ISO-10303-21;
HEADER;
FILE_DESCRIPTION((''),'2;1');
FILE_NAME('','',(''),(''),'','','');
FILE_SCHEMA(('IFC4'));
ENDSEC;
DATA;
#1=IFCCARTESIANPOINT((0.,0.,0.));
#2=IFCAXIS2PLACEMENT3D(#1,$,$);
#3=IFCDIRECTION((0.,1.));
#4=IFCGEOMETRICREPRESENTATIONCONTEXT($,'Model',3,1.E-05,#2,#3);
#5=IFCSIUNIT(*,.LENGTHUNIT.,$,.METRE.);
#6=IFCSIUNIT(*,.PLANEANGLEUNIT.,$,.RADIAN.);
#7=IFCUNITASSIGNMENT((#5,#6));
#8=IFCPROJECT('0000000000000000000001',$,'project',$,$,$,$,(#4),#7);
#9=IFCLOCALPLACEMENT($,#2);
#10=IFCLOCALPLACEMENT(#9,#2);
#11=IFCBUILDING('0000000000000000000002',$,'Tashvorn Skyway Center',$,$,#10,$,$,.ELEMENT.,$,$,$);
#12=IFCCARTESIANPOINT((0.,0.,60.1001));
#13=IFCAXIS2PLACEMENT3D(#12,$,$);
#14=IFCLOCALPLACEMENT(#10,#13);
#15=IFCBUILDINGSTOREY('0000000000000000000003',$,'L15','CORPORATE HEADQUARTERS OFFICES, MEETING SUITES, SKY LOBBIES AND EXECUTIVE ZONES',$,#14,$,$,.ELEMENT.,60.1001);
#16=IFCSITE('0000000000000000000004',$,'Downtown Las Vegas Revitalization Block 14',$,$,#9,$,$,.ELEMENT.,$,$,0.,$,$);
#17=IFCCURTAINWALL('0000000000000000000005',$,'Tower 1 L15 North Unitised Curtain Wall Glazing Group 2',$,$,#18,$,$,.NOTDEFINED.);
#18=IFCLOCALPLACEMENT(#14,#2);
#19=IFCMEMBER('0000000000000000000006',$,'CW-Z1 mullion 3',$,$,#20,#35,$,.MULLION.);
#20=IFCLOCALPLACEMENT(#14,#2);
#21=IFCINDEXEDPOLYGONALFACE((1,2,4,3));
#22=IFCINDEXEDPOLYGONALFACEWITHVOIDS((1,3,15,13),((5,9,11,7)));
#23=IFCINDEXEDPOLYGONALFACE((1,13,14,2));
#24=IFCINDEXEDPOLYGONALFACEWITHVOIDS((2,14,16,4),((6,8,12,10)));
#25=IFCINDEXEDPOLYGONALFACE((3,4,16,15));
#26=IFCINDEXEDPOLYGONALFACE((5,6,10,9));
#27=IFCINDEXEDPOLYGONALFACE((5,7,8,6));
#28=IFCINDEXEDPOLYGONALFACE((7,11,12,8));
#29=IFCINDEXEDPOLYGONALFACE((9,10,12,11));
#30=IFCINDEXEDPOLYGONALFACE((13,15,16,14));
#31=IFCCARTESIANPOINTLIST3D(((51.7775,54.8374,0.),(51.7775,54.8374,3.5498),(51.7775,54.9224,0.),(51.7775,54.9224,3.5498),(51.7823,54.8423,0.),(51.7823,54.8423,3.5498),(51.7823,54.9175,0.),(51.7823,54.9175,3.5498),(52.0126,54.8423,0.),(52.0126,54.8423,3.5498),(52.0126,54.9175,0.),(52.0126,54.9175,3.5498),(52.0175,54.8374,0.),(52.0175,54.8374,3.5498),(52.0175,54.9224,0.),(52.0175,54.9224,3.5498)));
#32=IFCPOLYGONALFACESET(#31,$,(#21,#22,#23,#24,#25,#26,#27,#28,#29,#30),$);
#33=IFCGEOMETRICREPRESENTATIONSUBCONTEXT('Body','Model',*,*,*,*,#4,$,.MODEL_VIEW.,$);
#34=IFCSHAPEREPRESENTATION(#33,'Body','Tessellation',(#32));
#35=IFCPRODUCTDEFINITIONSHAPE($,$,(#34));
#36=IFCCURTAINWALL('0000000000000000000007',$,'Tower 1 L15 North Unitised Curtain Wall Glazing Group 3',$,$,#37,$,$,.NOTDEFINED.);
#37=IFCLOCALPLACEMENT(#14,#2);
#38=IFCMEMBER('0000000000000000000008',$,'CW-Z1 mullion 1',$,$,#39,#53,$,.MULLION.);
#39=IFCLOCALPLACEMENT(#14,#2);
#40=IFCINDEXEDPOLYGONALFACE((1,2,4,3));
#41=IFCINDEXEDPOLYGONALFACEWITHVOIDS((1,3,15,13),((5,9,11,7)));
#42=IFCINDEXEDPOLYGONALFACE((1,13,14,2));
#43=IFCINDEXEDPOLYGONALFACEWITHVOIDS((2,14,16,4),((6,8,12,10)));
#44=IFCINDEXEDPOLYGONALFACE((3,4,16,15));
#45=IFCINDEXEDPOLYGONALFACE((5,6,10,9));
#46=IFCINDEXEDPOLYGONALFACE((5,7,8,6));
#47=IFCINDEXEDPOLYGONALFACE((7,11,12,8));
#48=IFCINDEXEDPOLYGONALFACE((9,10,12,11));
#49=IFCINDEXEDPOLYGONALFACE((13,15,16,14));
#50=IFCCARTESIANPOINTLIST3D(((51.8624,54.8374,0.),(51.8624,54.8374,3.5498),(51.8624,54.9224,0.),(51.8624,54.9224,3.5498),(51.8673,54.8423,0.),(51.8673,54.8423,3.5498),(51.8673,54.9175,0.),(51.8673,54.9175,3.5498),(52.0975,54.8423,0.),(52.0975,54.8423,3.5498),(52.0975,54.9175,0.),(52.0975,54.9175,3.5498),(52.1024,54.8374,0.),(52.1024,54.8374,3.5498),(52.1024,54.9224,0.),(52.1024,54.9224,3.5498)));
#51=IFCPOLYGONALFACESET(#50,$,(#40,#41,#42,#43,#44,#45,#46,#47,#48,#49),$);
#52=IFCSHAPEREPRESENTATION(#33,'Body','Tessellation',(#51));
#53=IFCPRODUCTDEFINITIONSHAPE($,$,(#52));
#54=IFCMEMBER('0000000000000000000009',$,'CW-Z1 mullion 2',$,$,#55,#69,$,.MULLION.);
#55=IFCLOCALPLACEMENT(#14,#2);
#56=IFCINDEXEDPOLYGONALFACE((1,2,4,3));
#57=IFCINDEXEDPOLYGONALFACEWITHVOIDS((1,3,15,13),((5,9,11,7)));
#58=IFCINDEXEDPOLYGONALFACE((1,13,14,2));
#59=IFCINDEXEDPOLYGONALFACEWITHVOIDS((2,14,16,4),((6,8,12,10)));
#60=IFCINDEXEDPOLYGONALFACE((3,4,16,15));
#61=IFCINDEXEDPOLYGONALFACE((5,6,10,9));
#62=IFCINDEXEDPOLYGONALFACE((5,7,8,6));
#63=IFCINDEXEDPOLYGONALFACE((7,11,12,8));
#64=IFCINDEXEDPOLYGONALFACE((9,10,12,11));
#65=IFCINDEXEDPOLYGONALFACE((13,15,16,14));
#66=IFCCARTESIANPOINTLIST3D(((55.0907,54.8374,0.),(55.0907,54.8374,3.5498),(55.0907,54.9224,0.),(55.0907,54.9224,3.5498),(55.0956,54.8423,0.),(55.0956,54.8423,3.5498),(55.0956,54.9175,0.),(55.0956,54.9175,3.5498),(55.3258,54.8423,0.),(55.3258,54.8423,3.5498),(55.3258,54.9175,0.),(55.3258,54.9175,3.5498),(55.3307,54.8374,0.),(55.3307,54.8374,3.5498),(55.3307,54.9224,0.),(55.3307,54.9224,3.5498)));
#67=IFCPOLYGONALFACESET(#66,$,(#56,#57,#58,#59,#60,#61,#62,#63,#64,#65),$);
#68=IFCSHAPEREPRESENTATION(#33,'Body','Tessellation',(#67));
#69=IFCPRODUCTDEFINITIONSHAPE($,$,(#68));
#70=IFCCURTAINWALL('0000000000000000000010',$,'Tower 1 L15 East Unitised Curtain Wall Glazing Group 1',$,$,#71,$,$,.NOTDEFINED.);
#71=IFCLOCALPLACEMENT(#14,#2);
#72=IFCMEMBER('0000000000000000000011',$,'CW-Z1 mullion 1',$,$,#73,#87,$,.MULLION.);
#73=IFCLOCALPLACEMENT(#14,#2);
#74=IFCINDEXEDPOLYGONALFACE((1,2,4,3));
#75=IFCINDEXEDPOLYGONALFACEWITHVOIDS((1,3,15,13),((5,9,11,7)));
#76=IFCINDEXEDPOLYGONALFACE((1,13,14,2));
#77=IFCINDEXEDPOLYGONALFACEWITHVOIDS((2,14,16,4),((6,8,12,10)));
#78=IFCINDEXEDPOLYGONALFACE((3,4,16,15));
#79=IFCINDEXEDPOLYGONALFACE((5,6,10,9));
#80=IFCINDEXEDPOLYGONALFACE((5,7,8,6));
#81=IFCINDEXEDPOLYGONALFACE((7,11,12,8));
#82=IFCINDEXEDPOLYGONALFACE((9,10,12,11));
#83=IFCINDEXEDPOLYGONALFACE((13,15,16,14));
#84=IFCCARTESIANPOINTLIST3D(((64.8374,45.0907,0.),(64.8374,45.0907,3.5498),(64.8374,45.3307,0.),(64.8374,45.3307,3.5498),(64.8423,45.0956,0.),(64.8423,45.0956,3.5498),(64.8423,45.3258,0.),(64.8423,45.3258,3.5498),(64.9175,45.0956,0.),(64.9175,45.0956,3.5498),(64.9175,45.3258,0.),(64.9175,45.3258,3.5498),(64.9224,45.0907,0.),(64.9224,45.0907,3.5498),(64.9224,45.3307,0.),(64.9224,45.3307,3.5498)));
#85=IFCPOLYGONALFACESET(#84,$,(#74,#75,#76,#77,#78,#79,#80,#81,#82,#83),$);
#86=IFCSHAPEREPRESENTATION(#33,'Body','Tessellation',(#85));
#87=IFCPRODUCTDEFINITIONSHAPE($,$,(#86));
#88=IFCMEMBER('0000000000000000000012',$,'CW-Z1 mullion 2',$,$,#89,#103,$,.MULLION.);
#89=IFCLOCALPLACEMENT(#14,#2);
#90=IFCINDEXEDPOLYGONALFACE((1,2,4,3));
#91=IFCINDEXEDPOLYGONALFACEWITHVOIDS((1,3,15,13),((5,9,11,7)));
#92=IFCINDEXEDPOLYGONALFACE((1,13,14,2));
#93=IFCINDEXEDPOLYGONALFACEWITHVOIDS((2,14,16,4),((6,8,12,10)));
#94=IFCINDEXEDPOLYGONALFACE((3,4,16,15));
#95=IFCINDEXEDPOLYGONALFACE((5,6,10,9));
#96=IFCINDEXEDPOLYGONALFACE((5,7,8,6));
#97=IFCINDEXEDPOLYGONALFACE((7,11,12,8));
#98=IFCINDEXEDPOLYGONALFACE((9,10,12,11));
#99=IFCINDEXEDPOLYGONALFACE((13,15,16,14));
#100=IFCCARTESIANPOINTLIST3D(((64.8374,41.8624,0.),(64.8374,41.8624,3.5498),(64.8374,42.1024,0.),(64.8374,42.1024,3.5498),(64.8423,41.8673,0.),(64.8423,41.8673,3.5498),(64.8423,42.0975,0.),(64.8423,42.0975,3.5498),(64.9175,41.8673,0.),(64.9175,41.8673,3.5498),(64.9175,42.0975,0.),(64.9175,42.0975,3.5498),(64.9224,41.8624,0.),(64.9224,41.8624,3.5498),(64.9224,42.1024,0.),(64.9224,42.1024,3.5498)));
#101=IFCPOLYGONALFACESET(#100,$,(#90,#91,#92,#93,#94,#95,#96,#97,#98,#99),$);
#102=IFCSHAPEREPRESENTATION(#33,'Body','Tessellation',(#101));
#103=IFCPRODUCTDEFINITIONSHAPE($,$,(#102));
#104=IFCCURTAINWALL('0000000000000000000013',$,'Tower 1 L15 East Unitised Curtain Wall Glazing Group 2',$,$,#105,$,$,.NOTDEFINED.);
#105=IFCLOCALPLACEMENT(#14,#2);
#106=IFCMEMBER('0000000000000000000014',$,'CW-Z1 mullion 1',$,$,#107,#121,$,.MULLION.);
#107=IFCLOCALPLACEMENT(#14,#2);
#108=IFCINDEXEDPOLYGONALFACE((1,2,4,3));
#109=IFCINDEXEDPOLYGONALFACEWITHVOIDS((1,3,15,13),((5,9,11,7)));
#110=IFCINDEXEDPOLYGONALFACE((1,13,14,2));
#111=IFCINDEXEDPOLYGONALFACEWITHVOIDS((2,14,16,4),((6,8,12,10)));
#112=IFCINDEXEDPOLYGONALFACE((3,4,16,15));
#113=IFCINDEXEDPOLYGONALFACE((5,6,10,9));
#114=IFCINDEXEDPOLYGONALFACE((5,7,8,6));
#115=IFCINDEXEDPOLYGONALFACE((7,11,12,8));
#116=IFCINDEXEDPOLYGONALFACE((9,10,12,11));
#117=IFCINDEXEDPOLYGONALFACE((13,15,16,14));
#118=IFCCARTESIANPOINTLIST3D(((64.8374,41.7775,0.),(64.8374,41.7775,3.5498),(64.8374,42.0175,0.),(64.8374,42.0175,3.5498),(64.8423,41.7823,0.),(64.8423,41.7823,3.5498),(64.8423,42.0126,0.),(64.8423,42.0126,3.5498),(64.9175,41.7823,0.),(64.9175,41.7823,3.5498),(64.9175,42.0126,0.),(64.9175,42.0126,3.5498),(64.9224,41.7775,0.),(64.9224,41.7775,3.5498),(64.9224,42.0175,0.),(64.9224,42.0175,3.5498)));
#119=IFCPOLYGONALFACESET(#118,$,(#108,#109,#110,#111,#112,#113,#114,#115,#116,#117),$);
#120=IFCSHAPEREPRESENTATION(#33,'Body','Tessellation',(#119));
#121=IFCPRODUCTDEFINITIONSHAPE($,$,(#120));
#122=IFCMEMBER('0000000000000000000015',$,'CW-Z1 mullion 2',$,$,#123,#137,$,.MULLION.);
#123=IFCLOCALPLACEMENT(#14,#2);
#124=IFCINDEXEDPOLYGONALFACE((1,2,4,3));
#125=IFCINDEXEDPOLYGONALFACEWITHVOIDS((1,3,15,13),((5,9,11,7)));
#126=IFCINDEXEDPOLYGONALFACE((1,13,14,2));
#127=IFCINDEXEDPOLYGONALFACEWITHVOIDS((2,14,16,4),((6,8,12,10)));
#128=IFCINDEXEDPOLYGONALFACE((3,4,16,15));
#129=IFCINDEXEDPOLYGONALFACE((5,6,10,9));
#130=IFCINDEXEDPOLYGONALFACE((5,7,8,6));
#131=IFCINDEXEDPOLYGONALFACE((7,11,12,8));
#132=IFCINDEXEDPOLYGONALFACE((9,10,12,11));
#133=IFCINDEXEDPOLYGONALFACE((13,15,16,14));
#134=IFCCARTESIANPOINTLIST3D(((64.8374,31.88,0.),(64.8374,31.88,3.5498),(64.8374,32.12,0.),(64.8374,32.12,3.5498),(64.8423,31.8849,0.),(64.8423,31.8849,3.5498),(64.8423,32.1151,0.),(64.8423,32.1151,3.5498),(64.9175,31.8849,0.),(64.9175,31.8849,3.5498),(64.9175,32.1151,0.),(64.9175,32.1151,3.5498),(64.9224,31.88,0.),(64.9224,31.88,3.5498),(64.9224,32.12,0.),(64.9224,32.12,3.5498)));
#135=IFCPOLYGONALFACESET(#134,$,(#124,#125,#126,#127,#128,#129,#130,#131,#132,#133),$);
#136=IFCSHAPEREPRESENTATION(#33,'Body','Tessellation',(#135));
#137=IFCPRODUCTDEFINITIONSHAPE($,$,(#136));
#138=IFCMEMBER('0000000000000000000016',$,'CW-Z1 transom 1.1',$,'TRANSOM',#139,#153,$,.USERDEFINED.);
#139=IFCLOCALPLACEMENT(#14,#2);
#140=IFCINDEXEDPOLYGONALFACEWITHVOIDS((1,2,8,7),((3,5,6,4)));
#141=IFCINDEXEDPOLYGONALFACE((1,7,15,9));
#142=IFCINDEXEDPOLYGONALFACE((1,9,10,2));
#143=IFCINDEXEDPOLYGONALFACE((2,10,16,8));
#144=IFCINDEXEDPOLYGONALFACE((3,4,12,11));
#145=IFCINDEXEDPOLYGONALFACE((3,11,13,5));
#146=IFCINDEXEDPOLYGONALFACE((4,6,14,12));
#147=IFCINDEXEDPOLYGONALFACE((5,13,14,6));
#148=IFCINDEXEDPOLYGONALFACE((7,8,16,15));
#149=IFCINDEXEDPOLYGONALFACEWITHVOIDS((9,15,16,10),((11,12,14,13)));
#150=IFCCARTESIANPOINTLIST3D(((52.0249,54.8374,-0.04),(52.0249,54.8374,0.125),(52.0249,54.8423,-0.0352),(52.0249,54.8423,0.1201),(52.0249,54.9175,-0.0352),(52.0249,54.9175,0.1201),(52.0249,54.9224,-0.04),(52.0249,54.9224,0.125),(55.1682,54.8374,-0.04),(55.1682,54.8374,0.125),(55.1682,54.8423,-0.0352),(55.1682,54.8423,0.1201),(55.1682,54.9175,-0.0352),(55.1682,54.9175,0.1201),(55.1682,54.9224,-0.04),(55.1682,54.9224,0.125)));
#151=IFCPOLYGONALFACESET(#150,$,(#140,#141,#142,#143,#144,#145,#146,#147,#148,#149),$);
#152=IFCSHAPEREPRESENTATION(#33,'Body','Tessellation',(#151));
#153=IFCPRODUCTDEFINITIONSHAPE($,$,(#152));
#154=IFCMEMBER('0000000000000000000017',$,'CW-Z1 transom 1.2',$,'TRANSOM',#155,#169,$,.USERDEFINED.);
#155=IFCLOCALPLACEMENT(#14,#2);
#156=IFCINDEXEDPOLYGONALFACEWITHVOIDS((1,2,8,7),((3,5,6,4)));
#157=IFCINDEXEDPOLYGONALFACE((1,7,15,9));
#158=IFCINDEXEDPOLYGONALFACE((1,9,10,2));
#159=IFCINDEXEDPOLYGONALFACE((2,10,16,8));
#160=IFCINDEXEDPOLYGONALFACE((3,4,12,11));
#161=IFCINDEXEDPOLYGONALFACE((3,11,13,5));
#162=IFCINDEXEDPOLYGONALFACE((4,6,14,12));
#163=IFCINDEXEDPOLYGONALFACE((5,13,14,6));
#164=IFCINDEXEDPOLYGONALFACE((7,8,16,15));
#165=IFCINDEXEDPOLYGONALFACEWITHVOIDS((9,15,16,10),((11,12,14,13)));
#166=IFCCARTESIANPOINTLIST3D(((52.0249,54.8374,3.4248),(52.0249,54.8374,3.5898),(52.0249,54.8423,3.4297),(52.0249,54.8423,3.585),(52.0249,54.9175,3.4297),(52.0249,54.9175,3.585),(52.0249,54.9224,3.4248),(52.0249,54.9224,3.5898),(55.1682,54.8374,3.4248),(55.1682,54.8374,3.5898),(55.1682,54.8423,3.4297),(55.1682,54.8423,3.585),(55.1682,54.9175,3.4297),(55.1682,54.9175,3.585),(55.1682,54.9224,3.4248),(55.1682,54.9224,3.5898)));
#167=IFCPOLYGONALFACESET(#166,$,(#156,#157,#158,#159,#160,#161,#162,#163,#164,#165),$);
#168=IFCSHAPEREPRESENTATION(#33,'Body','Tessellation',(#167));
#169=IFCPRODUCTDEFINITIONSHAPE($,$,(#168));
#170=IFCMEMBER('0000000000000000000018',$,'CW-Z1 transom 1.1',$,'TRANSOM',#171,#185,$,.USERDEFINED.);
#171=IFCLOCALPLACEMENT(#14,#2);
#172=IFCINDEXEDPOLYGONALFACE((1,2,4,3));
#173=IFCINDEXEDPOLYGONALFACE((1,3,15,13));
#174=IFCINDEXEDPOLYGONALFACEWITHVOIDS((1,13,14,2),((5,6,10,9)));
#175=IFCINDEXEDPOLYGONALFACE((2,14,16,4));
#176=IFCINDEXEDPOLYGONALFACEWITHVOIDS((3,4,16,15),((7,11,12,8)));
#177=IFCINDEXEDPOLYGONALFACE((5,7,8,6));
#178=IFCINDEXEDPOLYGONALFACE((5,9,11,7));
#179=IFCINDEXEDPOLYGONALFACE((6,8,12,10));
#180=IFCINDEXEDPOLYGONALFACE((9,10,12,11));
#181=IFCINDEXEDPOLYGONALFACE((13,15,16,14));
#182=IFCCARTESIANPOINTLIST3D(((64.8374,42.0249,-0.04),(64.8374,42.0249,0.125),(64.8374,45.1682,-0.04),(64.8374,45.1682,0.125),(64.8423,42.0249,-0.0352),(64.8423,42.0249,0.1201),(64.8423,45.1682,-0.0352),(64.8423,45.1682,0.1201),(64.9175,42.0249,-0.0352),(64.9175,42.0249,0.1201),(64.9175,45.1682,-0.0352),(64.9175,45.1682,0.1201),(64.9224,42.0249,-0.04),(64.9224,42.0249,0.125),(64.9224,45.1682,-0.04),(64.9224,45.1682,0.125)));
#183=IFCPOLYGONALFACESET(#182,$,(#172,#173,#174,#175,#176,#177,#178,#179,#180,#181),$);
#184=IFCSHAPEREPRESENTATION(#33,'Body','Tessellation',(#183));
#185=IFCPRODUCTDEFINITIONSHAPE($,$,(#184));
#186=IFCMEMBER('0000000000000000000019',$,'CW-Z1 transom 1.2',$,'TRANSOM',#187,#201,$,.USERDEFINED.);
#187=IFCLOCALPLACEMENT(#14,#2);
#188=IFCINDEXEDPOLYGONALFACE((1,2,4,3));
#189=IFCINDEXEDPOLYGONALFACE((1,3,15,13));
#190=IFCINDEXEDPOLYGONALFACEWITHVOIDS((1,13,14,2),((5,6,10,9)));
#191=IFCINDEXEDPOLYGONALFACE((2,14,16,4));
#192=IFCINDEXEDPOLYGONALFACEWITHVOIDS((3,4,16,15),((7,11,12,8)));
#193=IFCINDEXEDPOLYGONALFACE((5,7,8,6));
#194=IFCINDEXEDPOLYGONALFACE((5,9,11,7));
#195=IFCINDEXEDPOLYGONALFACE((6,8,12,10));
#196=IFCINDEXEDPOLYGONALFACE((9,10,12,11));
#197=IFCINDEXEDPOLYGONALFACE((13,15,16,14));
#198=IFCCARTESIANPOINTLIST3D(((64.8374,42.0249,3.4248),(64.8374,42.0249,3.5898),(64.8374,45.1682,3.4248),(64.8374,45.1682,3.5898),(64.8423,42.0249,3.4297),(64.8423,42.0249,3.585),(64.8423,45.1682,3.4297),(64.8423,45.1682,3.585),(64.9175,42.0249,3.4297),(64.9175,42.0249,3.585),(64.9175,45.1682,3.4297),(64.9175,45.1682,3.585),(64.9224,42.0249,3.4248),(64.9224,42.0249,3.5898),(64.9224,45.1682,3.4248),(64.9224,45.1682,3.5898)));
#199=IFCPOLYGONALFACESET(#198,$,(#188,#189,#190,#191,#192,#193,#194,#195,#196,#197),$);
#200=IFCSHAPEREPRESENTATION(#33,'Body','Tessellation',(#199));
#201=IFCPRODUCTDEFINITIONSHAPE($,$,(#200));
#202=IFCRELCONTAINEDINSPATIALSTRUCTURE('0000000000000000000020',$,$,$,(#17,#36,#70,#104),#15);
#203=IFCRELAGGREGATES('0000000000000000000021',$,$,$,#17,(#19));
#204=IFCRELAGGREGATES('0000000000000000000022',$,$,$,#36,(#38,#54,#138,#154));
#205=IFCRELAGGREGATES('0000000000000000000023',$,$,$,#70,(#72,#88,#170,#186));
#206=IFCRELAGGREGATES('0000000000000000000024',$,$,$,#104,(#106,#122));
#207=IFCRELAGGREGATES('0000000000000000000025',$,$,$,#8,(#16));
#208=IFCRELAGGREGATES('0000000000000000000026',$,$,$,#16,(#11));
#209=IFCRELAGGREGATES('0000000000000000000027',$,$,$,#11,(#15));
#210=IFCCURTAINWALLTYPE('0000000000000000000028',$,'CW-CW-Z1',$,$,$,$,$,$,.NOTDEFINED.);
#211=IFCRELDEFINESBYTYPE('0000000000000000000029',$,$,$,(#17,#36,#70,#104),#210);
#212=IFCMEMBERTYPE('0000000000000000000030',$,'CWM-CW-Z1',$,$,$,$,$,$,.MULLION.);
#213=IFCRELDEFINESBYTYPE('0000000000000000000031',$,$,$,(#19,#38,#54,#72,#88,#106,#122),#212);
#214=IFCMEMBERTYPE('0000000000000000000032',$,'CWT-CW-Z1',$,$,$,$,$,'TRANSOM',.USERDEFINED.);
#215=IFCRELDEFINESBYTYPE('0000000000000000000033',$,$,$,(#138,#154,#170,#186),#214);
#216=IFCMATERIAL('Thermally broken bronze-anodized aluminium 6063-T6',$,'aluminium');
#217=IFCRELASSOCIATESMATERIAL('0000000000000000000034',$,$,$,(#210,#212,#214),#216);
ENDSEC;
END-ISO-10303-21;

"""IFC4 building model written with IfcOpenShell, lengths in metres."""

from ifc_helpers import new_model, si_unit, direction, frame, origin, origin_2d, place, context, subcontext, project, spatial, hollow_rectangle, extrude, material, material_profile, profile_set, type_object, element, aggregate, save


model = new_model("IFC4")

# Units and contexts
model_context = context("Model", 3, precision=1e-05, world=origin(), true_north=direction((0.0, 1.0)))
body_context = subcontext(model_context, "Body", "Model", "MODEL_VIEW")
ifc_project = project(units=[si_unit("LENGTHUNIT", "METRE"), si_unit("PLANEANGLEUNIT", "RADIAN")], contexts=[model_context])

# Site, building, storey
site_placement = place(None, origin())
site = spatial("IfcSite", under=ifc_project, at=site_placement, Name="Downtown Las Vegas Revitalization Block 14", CompositionType="ELEMENT", RefElevation=0.0)
building_placement = place(site_placement, origin())
building = spatial("IfcBuilding", under=site, at=building_placement, Name="Tashvorn Skyway Center", CompositionType="ELEMENT")
storey_placement = place(building_placement, frame((0.0, 0.0, 60.1001)))
storey = spatial("IfcBuildingStorey", under=building, at=storey_placement, Name="L15", Description="CORPORATE HEADQUARTERS OFFICES, MEETING SUITES, SKY LOBBIES AND EXECUTIVE ZONES", CompositionType="ELEMENT", Elevation=60.1001)

# Curtain wall, member
ifc_material_1 = material(Name="Thermally broken bronze-anodized aluminium 6063-T6", Category="aluminium")
curtain_wall_type = type_object("IfcCurtainWallType", Name="CW-CW-Z1", PredefinedType="NOTDEFINED", material=ifc_material_1)
curtain_wall_1_placement = place(storey_placement, origin())
curtain_wall_1 = element("IfcCurtainWall", 1, at=curtain_wall_1_placement, inside=storey, type_object=curtain_wall_type, Name="Tower 1 L15 North Unitised Curtain Wall Glazing Group 2", PredefinedType="NOTDEFINED")
ifc_material_profile_1 = material_profile(ifc_material_1, hollow_rectangle(XDim=0.085, YDim=0.24, WallThickness=0.0049, at=origin_2d()), Name="ALU-MULL-85x240")
ifc_profile_set_1 = profile_set([ifc_material_profile_1], Name="Thermally broken bronze-anodized aluminium 6063-T6")
member_type_1 = type_object("IfcMemberType", Name="CWM-CW-Z1", PredefinedType="MULLION", material=ifc_profile_set_1)
member_1_placement = place(storey_placement, frame((51.8975, 54.8799, 0.0), z_axis=(0.0, 0.0, 1.0), x_axis=(0.0, 1.0, 0.0)))
member_1 = element("IfcMember", 2, at=member_1_placement, type_object=member_type_1, Name="CW-Z1 mullion 3", PredefinedType="MULLION", context=body_context, shape_type="SweptSolid", body=[
    extrude(hollow_rectangle(XDim=0.085, YDim=0.24, WallThickness=0.0049, at=origin_2d()), origin(), (0.0, 0.0, 1.0), 3.5498),
])
aggregate(curtain_wall_1, [member_1])

# Curtain walls, members
curtain_wall_2_placement = place(storey_placement, origin())
curtain_wall_2 = element("IfcCurtainWall", 3, at=curtain_wall_2_placement, inside=storey, type_object=curtain_wall_type, Name="Tower 1 L15 North Unitised Curtain Wall Glazing Group 3", PredefinedType="NOTDEFINED")
member_2_placement = place(storey_placement, frame((51.9824, 54.8799, 0.0), z_axis=(0.0, 0.0, 1.0), x_axis=(0.0, 1.0, 0.0)))
member_2 = element("IfcMember", 4, at=member_2_placement, type_object=member_type_1, Name="CW-Z1 mullion 1", PredefinedType="MULLION", context=body_context, shape_type="SweptSolid", body=[
    extrude(hollow_rectangle(XDim=0.085, YDim=0.24, WallThickness=0.0049, at=origin_2d()), origin(), (0.0, 0.0, 1.0), 3.5498),
])
member_3_placement = place(storey_placement, frame((55.2107, 54.8799, 0.0), z_axis=(0.0, 0.0, 1.0), x_axis=(0.0, 1.0, 0.0)))
member_3 = element("IfcMember", 5, at=member_3_placement, type_object=member_type_1, Name="CW-Z1 mullion 2", PredefinedType="MULLION", context=body_context, shape_type="SweptSolid", body=[
    extrude(hollow_rectangle(XDim=0.085, YDim=0.24, WallThickness=0.0049, at=origin_2d()), origin(), (0.0, 0.0, 1.0), 3.5498),
])
curtain_wall_3_placement = place(storey_placement, origin())
curtain_wall_3 = element("IfcCurtainWall", 6, at=curtain_wall_3_placement, inside=storey, type_object=curtain_wall_type, Name="Tower 1 L15 East Unitised Curtain Wall Glazing Group 1", PredefinedType="NOTDEFINED")
member_4_placement = place(storey_placement, frame((64.8799, 45.2107, 0.0), z_axis=(0.0, 0.0, 1.0), x_axis=(1.0, 0.0, 0.0)))
member_4 = element("IfcMember", 7, at=member_4_placement, type_object=member_type_1, Name="CW-Z1 mullion 1", PredefinedType="MULLION", context=body_context, shape_type="SweptSolid", body=[
    extrude(hollow_rectangle(XDim=0.085, YDim=0.24, WallThickness=0.0049, at=origin_2d()), origin(), (0.0, 0.0, 1.0), 3.5498),
])
member_5_placement = place(storey_placement, frame((64.8799, 41.9824, 0.0), z_axis=(0.0, 0.0, 1.0), x_axis=(1.0, 0.0, 0.0)))
member_5 = element("IfcMember", 8, at=member_5_placement, type_object=member_type_1, Name="CW-Z1 mullion 2", PredefinedType="MULLION", context=body_context, shape_type="SweptSolid", body=[
    extrude(hollow_rectangle(XDim=0.085, YDim=0.24, WallThickness=0.0049, at=origin_2d()), origin(), (0.0, 0.0, 1.0), 3.5498),
])
curtain_wall_4_placement = place(storey_placement, origin())
curtain_wall_4 = element("IfcCurtainWall", 9, at=curtain_wall_4_placement, inside=storey, type_object=curtain_wall_type, Name="Tower 1 L15 East Unitised Curtain Wall Glazing Group 2", PredefinedType="NOTDEFINED")
member_6_placement = place(storey_placement, frame((64.8799, 41.8975, 0.0), z_axis=(0.0, 0.0, 1.0), x_axis=(1.0, 0.0, 0.0)))
member_6 = element("IfcMember", 10, at=member_6_placement, type_object=member_type_1, Name="CW-Z1 mullion 1", PredefinedType="MULLION", context=body_context, shape_type="SweptSolid", body=[
    extrude(hollow_rectangle(XDim=0.085, YDim=0.24, WallThickness=0.0049, at=origin_2d()), origin(), (0.0, 0.0, 1.0), 3.5498),
])
member_7_placement = place(storey_placement, frame((64.8799, 32.0, 0.0), z_axis=(0.0, 0.0, 1.0), x_axis=(1.0, 0.0, 0.0)))
member_7 = element("IfcMember", 11, at=member_7_placement, type_object=member_type_1, Name="CW-Z1 mullion 2", PredefinedType="MULLION", context=body_context, shape_type="SweptSolid", body=[
    extrude(hollow_rectangle(XDim=0.085, YDim=0.24, WallThickness=0.0049, at=origin_2d()), origin(), (0.0, 0.0, 1.0), 3.5498),
])

# Members
ifc_material_profile_2 = material_profile(ifc_material_1, hollow_rectangle(XDim=0.085, YDim=0.165, WallThickness=0.0049, at=origin_2d()), Name="ALU-TRAN-85x165")
ifc_profile_set_2 = profile_set([ifc_material_profile_2], Name="Thermally broken bronze-anodized aluminium 6063-T6")
member_type_2 = type_object("IfcMemberType", Name="CWT-CW-Z1", ElementType="TRANSOM", PredefinedType="USERDEFINED", material=ifc_profile_set_2)
member_8_placement = place(storey_placement, frame((52.0249, 54.8799, 0.0425), z_axis=(1.0, 0.0, 0.0), x_axis=(0.0, 1.0, 0.0)))
member_8 = element("IfcMember", 12, at=member_8_placement, type_object=member_type_2, Name="CW-Z1 transom 1.1", ObjectType="TRANSOM", PredefinedType="USERDEFINED", context=body_context, shape_type="SweptSolid", body=[
    extrude(hollow_rectangle(XDim=0.085, YDim=0.165, WallThickness=0.0049, at=origin_2d()), origin(), (0.0, 0.0, 1.0), 3.1433),
])
member_9_placement = place(storey_placement, frame((52.0249, 54.8799, 3.5073), z_axis=(1.0, 0.0, 0.0), x_axis=(0.0, 1.0, 0.0)))
member_9 = element("IfcMember", 13, at=member_9_placement, type_object=member_type_2, Name="CW-Z1 transom 1.2", ObjectType="TRANSOM", PredefinedType="USERDEFINED", context=body_context, shape_type="SweptSolid", body=[
    extrude(hollow_rectangle(XDim=0.085, YDim=0.165, WallThickness=0.0049, at=origin_2d()), origin(), (0.0, 0.0, 1.0), 3.1433),
])
member_10_placement = place(storey_placement, frame((64.8799, 45.1682, 0.0425), z_axis=(0.0, -1.0, 0.0), x_axis=(1.0, 0.0, 0.0)))
member_10 = element("IfcMember", 14, at=member_10_placement, type_object=member_type_2, Name="CW-Z1 transom 1.1", ObjectType="TRANSOM", PredefinedType="USERDEFINED", context=body_context, shape_type="SweptSolid", body=[
    extrude(hollow_rectangle(XDim=0.085, YDim=0.165, WallThickness=0.0049, at=origin_2d()), origin(), (0.0, 0.0, 1.0), 3.1433),
])
member_11_placement = place(storey_placement, frame((64.8799, 45.1682, 3.5073), z_axis=(0.0, -1.0, 0.0), x_axis=(1.0, 0.0, 0.0)))
member_11 = element("IfcMember", 15, at=member_11_placement, type_object=member_type_2, Name="CW-Z1 transom 1.2", ObjectType="TRANSOM", PredefinedType="USERDEFINED", context=body_context, shape_type="SweptSolid", body=[
    extrude(hollow_rectangle(XDim=0.085, YDim=0.165, WallThickness=0.0049, at=origin_2d()), origin(), (0.0, 0.0, 1.0), 3.1433),
])

aggregate(curtain_wall_2, [member_2, member_3, member_8, member_9])
aggregate(curtain_wall_3, [member_4, member_5, member_10, member_11])
aggregate(curtain_wall_4, [member_6, member_7])

save(model, "model.ifc")
